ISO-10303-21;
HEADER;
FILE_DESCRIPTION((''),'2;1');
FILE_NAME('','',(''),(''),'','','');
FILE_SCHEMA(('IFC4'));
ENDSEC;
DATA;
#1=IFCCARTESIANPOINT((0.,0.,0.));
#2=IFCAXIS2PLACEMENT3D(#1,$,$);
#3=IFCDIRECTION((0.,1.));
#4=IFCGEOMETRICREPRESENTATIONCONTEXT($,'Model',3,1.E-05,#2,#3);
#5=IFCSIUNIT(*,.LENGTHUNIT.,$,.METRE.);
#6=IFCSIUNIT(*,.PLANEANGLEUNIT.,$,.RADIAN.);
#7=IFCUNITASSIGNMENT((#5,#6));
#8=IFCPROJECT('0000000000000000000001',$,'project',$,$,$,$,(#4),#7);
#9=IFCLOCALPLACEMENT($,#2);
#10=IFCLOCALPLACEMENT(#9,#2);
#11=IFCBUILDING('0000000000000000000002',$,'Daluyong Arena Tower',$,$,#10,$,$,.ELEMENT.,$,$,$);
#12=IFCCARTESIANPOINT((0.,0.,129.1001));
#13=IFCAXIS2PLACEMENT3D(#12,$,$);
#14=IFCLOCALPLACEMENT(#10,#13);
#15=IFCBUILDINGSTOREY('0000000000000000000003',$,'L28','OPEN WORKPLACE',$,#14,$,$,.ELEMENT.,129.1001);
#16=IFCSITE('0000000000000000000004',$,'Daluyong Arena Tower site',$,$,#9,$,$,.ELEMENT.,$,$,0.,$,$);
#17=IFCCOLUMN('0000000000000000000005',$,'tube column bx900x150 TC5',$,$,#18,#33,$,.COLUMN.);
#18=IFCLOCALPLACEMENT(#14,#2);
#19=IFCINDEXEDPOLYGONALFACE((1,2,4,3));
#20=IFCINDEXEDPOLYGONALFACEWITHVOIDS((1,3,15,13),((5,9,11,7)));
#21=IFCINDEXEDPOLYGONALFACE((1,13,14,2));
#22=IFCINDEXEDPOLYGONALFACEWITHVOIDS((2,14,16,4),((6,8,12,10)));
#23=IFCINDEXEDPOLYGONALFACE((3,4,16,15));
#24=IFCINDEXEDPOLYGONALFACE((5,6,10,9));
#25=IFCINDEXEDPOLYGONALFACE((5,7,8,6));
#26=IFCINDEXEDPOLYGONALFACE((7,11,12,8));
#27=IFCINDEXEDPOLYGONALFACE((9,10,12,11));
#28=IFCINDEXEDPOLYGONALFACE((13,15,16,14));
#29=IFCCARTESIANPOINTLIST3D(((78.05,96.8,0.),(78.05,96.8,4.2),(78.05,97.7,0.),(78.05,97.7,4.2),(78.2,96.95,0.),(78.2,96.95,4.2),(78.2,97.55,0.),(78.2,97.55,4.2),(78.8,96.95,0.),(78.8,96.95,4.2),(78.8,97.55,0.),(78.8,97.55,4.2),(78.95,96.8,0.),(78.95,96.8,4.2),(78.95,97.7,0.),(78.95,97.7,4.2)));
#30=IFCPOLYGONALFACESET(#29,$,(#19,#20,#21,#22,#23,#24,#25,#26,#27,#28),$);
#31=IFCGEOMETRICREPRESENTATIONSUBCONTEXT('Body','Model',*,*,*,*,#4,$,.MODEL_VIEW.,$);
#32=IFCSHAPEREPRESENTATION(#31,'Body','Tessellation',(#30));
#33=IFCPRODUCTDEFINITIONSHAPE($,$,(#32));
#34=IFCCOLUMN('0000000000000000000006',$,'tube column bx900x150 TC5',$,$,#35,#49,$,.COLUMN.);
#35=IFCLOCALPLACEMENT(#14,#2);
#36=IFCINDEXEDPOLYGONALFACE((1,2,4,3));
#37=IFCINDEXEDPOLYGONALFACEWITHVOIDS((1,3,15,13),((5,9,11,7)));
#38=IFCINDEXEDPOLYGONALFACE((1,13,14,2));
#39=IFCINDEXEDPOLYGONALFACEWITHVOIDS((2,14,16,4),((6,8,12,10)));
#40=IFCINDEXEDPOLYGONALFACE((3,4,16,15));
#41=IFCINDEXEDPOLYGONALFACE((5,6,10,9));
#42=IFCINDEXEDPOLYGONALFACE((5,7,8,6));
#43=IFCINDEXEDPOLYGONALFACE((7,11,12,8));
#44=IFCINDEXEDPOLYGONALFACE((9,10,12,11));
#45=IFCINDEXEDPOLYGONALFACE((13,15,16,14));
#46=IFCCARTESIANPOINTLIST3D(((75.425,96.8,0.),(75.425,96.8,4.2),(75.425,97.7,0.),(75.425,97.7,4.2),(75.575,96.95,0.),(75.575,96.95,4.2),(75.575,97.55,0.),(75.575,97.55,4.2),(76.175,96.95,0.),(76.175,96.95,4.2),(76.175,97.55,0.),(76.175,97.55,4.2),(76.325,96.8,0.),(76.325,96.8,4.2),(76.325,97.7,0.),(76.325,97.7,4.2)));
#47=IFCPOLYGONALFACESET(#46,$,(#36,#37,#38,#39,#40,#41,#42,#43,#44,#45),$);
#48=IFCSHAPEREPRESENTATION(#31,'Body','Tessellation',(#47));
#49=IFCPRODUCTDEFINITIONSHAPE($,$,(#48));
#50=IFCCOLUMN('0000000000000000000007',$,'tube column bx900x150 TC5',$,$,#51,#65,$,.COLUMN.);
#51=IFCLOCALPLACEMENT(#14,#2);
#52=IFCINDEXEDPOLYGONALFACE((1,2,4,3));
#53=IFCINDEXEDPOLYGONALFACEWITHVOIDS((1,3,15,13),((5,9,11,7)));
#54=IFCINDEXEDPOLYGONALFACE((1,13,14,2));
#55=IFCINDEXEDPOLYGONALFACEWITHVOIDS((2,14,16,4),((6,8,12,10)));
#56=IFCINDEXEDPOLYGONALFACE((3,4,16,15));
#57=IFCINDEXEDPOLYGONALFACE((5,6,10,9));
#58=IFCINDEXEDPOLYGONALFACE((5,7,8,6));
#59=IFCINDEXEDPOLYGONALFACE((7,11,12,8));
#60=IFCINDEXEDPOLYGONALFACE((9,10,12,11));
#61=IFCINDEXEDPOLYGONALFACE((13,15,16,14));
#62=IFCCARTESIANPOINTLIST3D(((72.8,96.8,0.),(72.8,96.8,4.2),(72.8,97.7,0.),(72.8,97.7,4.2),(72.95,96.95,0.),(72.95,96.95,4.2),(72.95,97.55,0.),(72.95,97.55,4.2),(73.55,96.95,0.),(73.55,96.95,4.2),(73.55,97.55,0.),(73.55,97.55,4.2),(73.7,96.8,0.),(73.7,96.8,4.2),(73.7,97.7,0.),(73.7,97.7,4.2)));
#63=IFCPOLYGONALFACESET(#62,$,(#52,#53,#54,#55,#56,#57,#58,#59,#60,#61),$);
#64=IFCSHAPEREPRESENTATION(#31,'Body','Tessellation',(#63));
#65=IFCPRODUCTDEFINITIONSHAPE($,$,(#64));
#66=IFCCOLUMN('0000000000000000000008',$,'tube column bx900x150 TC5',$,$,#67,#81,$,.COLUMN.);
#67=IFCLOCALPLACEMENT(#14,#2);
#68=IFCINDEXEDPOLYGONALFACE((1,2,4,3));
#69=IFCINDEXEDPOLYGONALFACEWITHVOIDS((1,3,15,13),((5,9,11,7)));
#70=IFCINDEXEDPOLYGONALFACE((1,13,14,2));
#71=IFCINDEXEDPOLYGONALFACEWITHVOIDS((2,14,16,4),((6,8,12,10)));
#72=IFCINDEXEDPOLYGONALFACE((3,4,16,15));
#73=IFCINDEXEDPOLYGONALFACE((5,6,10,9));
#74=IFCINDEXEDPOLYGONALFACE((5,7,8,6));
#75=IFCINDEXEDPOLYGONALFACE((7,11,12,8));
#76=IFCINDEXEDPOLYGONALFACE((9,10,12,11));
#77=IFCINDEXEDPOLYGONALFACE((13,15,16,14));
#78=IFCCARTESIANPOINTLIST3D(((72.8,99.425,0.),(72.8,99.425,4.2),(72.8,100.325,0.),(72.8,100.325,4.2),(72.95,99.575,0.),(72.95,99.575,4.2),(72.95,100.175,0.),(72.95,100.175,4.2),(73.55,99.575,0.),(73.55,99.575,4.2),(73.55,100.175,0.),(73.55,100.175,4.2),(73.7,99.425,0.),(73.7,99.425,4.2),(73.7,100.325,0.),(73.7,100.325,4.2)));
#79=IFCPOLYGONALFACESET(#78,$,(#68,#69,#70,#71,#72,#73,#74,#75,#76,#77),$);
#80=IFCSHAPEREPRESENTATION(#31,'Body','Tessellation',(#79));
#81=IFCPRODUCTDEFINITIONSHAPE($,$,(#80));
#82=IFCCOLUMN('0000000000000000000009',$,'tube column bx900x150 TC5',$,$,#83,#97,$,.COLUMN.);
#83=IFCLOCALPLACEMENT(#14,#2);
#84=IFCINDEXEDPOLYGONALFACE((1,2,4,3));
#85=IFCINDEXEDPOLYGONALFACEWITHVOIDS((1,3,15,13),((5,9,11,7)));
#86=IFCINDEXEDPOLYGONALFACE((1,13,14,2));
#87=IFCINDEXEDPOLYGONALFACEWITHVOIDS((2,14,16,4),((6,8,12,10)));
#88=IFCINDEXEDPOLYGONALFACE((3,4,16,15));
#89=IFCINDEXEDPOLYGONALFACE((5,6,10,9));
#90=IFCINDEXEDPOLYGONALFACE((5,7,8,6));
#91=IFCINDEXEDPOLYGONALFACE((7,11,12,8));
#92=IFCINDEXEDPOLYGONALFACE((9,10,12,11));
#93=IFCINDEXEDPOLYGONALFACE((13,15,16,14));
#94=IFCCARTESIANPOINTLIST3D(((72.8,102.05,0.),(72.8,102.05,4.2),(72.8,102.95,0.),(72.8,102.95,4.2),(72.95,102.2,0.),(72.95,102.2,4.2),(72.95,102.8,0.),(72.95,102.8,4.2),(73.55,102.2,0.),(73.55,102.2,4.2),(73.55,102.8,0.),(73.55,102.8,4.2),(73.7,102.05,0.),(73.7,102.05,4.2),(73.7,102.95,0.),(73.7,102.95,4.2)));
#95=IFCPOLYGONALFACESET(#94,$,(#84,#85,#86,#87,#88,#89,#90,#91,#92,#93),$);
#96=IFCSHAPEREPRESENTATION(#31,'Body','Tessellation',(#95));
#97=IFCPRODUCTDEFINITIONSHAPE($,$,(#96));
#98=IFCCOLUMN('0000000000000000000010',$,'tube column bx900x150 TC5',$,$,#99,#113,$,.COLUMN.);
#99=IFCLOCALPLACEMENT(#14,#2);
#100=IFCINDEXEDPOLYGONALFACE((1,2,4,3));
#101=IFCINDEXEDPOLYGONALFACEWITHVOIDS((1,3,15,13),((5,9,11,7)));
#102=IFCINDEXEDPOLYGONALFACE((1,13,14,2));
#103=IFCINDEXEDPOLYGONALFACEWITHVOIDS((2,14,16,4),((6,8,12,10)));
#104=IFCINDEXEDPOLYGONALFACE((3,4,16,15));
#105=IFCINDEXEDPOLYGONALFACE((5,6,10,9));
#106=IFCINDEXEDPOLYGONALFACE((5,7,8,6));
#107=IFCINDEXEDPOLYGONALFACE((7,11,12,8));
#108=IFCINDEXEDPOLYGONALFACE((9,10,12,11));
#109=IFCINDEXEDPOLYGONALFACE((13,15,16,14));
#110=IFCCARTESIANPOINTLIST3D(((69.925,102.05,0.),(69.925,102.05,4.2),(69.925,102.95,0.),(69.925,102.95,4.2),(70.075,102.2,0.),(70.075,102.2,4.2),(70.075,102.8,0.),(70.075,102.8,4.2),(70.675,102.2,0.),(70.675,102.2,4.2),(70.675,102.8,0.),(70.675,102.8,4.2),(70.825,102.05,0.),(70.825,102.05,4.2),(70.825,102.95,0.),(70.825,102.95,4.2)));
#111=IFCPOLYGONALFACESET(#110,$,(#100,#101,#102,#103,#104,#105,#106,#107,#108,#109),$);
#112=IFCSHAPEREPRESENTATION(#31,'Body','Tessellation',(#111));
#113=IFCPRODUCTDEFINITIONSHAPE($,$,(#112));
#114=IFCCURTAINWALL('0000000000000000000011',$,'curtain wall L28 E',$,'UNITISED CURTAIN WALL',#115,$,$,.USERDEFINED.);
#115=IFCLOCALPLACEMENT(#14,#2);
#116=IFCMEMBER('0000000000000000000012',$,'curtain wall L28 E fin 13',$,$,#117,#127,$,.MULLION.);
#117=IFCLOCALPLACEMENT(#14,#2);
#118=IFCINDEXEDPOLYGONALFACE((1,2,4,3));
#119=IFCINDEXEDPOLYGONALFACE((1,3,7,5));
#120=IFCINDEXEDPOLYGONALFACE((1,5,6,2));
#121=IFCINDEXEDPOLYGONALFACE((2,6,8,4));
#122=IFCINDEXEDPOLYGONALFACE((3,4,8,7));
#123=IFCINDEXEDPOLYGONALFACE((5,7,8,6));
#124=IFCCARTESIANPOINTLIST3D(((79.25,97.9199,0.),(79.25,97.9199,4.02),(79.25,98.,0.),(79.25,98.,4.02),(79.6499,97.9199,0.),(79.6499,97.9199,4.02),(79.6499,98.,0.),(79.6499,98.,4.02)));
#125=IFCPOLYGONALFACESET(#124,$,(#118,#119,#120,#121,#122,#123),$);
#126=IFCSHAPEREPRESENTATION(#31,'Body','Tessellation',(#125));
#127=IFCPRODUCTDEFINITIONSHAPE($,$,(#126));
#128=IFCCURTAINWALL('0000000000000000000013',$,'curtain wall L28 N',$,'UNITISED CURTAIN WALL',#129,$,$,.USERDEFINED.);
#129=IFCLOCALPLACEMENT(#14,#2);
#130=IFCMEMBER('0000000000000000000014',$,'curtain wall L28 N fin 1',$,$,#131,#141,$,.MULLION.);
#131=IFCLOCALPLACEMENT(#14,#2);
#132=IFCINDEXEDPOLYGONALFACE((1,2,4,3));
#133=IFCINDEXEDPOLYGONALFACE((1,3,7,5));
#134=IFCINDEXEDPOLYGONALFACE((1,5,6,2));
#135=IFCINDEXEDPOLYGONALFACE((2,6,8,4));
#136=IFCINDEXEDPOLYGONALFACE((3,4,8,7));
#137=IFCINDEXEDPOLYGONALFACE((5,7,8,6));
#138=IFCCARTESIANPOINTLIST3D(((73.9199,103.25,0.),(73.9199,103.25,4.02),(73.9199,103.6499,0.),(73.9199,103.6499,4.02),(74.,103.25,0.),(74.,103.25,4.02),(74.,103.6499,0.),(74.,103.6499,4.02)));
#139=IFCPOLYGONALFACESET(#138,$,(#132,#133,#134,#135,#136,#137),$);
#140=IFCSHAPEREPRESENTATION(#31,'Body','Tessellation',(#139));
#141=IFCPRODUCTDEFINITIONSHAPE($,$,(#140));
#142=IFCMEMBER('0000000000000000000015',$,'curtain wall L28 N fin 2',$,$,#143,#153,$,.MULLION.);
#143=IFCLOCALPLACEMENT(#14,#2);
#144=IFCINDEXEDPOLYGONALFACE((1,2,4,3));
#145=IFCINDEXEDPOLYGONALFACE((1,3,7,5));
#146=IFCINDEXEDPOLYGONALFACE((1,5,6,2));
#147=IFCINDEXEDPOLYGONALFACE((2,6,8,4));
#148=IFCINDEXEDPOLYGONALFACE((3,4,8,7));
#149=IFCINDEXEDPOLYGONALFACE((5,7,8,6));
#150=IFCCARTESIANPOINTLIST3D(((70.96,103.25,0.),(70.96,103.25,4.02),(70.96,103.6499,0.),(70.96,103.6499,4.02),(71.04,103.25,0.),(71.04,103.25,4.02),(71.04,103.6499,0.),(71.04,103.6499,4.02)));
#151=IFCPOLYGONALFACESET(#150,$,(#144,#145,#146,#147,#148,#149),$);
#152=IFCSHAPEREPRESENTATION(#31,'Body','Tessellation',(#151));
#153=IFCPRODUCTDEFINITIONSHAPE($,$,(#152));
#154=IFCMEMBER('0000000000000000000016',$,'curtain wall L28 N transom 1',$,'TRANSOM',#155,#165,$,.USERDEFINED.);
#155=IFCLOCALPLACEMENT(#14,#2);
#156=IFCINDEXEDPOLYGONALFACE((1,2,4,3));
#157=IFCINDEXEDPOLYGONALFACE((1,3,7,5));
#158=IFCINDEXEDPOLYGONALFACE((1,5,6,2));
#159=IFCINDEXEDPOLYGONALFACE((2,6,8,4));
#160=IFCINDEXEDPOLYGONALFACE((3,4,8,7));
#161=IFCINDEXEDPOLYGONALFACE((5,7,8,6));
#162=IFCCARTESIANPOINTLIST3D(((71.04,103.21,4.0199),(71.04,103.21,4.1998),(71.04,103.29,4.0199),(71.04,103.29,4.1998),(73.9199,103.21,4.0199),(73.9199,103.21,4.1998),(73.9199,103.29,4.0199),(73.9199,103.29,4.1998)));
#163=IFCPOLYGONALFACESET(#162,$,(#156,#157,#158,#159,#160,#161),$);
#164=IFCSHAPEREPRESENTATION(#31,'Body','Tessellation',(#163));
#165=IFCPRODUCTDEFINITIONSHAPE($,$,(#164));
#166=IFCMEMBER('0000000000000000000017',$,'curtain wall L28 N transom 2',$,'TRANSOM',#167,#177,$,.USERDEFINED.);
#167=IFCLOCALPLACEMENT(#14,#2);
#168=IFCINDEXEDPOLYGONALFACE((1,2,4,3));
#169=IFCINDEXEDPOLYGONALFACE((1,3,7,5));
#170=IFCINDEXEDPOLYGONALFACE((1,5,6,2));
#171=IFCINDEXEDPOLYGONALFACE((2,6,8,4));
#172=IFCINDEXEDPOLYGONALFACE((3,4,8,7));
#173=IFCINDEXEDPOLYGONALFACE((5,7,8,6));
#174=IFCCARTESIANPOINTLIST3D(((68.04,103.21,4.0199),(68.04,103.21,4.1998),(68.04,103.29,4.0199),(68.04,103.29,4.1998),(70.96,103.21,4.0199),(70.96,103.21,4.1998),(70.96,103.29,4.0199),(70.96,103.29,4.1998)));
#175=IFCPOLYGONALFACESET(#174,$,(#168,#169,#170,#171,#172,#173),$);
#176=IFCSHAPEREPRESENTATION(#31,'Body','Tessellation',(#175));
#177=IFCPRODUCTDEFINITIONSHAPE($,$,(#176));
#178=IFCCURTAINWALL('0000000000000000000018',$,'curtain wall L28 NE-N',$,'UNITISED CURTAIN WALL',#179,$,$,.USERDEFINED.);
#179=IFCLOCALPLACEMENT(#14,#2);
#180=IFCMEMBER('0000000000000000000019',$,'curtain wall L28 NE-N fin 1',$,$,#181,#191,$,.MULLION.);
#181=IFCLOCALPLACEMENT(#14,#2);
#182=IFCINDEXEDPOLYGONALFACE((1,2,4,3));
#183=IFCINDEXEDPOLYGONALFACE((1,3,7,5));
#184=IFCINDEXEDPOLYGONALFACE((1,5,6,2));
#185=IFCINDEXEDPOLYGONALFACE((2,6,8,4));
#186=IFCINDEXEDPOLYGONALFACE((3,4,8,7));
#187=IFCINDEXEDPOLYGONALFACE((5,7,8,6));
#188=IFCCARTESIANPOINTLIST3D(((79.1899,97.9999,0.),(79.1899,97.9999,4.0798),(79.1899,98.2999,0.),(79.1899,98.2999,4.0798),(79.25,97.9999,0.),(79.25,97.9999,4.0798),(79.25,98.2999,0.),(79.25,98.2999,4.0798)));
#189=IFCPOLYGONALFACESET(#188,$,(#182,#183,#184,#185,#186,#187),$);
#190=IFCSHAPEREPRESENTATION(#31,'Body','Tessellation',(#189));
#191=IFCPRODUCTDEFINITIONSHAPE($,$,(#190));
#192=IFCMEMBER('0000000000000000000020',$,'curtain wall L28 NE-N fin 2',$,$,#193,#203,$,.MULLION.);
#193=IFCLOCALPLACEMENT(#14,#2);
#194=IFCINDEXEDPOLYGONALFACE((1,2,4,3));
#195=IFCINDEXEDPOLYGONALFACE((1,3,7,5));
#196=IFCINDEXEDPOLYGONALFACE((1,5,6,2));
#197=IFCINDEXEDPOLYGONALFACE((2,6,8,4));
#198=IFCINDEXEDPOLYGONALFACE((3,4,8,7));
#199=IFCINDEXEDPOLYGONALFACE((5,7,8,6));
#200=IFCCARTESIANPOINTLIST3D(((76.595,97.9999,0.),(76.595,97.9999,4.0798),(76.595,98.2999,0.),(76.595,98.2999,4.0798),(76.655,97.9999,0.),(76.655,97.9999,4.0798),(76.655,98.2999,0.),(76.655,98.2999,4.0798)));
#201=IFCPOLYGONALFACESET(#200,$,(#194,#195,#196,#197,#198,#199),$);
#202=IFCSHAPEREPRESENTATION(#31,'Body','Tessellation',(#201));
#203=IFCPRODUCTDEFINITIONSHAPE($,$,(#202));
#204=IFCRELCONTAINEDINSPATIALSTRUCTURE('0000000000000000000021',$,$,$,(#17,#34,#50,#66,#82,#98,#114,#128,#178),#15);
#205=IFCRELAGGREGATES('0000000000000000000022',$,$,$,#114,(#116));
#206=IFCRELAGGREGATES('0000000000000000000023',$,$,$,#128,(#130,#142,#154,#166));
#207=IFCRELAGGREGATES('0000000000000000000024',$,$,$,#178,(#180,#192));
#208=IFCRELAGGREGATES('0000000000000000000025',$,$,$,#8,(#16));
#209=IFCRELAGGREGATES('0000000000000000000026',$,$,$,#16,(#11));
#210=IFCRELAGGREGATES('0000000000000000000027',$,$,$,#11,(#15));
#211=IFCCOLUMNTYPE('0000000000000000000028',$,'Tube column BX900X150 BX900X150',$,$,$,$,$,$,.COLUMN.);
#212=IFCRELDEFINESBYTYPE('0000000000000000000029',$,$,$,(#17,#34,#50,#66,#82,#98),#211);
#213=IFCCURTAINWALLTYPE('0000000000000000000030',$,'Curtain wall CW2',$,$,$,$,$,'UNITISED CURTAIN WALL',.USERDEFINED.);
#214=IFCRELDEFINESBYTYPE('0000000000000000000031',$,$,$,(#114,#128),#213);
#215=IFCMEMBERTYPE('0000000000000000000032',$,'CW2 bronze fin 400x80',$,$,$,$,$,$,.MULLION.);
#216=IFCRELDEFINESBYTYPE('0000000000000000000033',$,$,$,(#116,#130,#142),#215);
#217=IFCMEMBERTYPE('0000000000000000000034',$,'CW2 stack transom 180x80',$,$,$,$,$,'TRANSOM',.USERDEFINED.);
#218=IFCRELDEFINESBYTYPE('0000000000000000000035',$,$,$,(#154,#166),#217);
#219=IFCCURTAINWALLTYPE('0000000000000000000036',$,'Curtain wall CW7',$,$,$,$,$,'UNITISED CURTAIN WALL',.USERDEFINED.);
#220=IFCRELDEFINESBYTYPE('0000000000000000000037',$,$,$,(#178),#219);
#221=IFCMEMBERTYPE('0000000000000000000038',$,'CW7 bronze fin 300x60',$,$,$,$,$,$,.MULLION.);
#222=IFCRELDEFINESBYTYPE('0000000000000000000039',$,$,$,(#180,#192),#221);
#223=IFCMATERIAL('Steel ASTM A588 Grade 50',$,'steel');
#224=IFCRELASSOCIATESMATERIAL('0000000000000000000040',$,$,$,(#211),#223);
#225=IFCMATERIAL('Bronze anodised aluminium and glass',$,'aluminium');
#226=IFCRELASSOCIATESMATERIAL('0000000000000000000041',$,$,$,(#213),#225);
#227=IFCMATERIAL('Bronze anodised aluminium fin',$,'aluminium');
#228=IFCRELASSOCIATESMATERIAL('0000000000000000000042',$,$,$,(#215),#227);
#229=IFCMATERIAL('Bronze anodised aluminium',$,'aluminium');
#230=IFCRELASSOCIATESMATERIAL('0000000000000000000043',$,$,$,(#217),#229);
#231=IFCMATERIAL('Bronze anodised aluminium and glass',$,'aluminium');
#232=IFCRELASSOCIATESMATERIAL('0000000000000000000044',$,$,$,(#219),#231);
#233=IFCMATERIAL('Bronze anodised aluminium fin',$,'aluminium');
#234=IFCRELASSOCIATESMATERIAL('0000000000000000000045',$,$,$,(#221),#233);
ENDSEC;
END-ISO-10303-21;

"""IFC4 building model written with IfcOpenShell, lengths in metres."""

from ifc_helpers import new_model, si_unit, direction, frame, origin, origin_2d, place, context, subcontext, project, spatial, rectangle, hollow_rectangle, extrude, material, material_profile, profile_set, type_object, element, aggregate, save


model = new_model("IFC4")

# Units and contexts
model_context = context("Model", 3, precision=1e-05, world=origin(), true_north=direction((0.0, 1.0)))
body_context = subcontext(model_context, "Body", "Model", "MODEL_VIEW")
ifc_project = project(units=[si_unit("LENGTHUNIT", "METRE"), si_unit("PLANEANGLEUNIT", "RADIAN")], contexts=[model_context])

# Site, building, storey
site_placement = place(None, origin())
site = spatial("IfcSite", under=ifc_project, at=site_placement, Name="Daluyong Arena Tower site", CompositionType="ELEMENT", RefElevation=0.0)
building_placement = place(site_placement, origin())
building = spatial("IfcBuilding", under=site, at=building_placement, Name="Daluyong Arena Tower", CompositionType="ELEMENT")
storey_placement = place(building_placement, frame((0.0, 0.0, 129.1001)))
storey = spatial("IfcBuildingStorey", under=building, at=storey_placement, Name="L28", Description="OPEN WORKPLACE", CompositionType="ELEMENT", Elevation=129.1001)

# Columns
ifc_material_1 = material(Name="Steel ASTM A588 Grade 50", Category="steel")
ifc_material_profile_1 = material_profile(ifc_material_1, hollow_rectangle(XDim=0.8999, YDim=0.8999, WallThickness=0.15, at=origin_2d()))
ifc_profile_set_1 = profile_set([ifc_material_profile_1], Name="Steel ASTM A588 Grade 50")
column_type = type_object("IfcColumnType", Name="Tube column BX900X150 BX900X150", PredefinedType="COLUMN", material=ifc_profile_set_1)
for number, where, z_axis, x_axis, name in (
    (1, (78.5, 97.25, 0.0), (0.0, 0.0, 1.0), (1.0, 0.0, 0.0), "tube column bx900x150 TC5"),
    (2, (75.875, 97.25, 0.0), (0.0, 0.0, 1.0), (1.0, 0.0, 0.0), "tube column bx900x150 TC5"),
    (3, (73.25, 97.25, 0.0), (0.0, 0.0, 1.0), (0.0, 1.0, 0.0), "tube column bx900x150 TC5"),
    (4, (73.25, 99.875, 0.0), (0.0, 0.0, 1.0), (0.0, 1.0, 0.0), "tube column bx900x150 TC5"),
    (5, (73.25, 102.5, 0.0), (0.0, 0.0, 1.0), (1.0, 0.0, 0.0), "tube column bx900x150 TC5"),
    (6, (70.375, 102.5, 0.0), (0.0, 0.0, 1.0), (1.0, 0.0, 0.0), "tube column bx900x150 TC5"),
):
    element("IfcColumn", number, at=place(storey_placement, frame(where, z_axis=z_axis, x_axis=x_axis)), inside=storey, type_object=column_type, Name=name, PredefinedType="COLUMN", context=body_context, shape_type="SweptSolid", body=[
        extrude(hollow_rectangle(XDim=0.8999, YDim=0.8999, WallThickness=0.15, at=origin_2d()), origin(), (0.0, 0.0, 1.0), 4.2),
    ])

# Curtain wall, member
ifc_material_2 = material(Name="Bronze anodised aluminium and glass", Category="aluminium")
curtain_wall_type_1 = type_object("IfcCurtainWallType", Name="Curtain wall CW2", ElementType="UNITISED CURTAIN WALL", PredefinedType="USERDEFINED", material=ifc_material_2)
curtain_wall_1_placement = place(storey_placement, origin())
curtain_wall_1 = element("IfcCurtainWall", 7, at=curtain_wall_1_placement, inside=storey, type_object=curtain_wall_type_1, Name="curtain wall L28 E", ObjectType="UNITISED CURTAIN WALL", PredefinedType="USERDEFINED")
ifc_material_3 = material(Name="Bronze anodised aluminium fin", Category="aluminium")
ifc_material_profile_2 = material_profile(ifc_material_3, rectangle(XDim=0.3999, YDim=0.0801, at=origin_2d()))
ifc_profile_set_2 = profile_set([ifc_material_profile_2], Name="Bronze anodised aluminium fin")
member_type_1 = type_object("IfcMemberType", Name="CW2 bronze fin 400x80", PredefinedType="MULLION", material=ifc_profile_set_2)
member_1_placement = place(storey_placement, frame((79.45, 97.96, 0.0), z_axis=(0.0, 0.0, 1.0), x_axis=(-1.0, 0.0, 0.0)))
member_1 = element("IfcMember", 8, at=member_1_placement, type_object=member_type_1, Name="curtain wall L28 E fin 13", PredefinedType="MULLION", context=body_context, shape_type="SweptSolid", body=[
    extrude(rectangle(XDim=0.3999, YDim=0.0801, at=origin_2d()), origin(), (0.0, 0.0, 1.0), 4.02),
])
aggregate(curtain_wall_1, [member_1])

# Curtain walls, members
curtain_wall_2_placement = place(storey_placement, origin())
curtain_wall_2 = element("IfcCurtainWall", 9, at=curtain_wall_2_placement, inside=storey, type_object=curtain_wall_type_1, Name="curtain wall L28 N", ObjectType="UNITISED CURTAIN WALL", PredefinedType="USERDEFINED")
member_2_placement = place(storey_placement, frame((73.96, 103.45, 0.0), z_axis=(0.0, 0.0, 1.0), x_axis=(0.0, -1.0, 0.0)))
member_2 = element("IfcMember", 10, at=member_2_placement, type_object=member_type_1, Name="curtain wall L28 N fin 1", PredefinedType="MULLION", context=body_context, shape_type="SweptSolid", body=[
    extrude(rectangle(XDim=0.3999, YDim=0.0801, at=origin_2d()), origin(), (0.0, 0.0, 1.0), 4.02),
])
member_3_placement = place(storey_placement, frame((71.0, 103.45, 0.0), z_axis=(0.0, 0.0, 1.0), x_axis=(0.0, -1.0, 0.0)))
member_3 = element("IfcMember", 11, at=member_3_placement, type_object=member_type_1, Name="curtain wall L28 N fin 2", PredefinedType="MULLION", context=body_context, shape_type="SweptSolid", body=[
    extrude(rectangle(XDim=0.3999, YDim=0.0801, at=origin_2d()), origin(), (0.0, 0.0, 1.0), 4.02),
])
ifc_material_4 = material(Name="Bronze anodised aluminium", Category="aluminium")
ifc_material_profile_3 = material_profile(ifc_material_4, rectangle(XDim=0.0801, YDim=0.1799, at=origin_2d()))
ifc_profile_set_3 = profile_set([ifc_material_profile_3], Name="Bronze anodised aluminium")
member_type_2 = type_object("IfcMemberType", Name="CW2 stack transom 180x80", ElementType="TRANSOM", PredefinedType="USERDEFINED", material=ifc_profile_set_3)
member_4_placement = place(storey_placement, frame((73.9199, 103.25, 4.1099), z_axis=(-1.0, 0.0, 0.0), x_axis=(0.0, -1.0, 0.0)))
member_4 = element("IfcMember", 12, at=member_4_placement, type_object=member_type_2, Name="curtain wall L28 N transom 1", ObjectType="TRANSOM", PredefinedType="USERDEFINED", context=body_context, shape_type="SweptSolid", body=[
    extrude(rectangle(XDim=0.0801, YDim=0.1799, at=origin_2d()), origin(), (0.0, 0.0, 1.0), 2.8799),
])
member_5_placement = place(storey_placement, frame((70.96, 103.25, 4.1099), z_axis=(-1.0, 0.0, 0.0), x_axis=(0.0, -1.0, 0.0)))
member_5 = element("IfcMember", 13, at=member_5_placement, type_object=member_type_2, Name="curtain wall L28 N transom 2", ObjectType="TRANSOM", PredefinedType="USERDEFINED", context=body_context, shape_type="SweptSolid", body=[
    extrude(rectangle(XDim=0.0801, YDim=0.1799, at=origin_2d()), origin(), (0.0, 0.0, 1.0), 2.9199),
])
ifc_material_5 = material(Name="Bronze anodised aluminium and glass", Category="aluminium")
curtain_wall_type_2 = type_object("IfcCurtainWallType", Name="Curtain wall CW7", ElementType="UNITISED CURTAIN WALL", PredefinedType="USERDEFINED", material=ifc_material_5)
curtain_wall_3_placement = place(storey_placement, origin())
curtain_wall_3 = element("IfcCurtainWall", 14, at=curtain_wall_3_placement, inside=storey, type_object=curtain_wall_type_2, Name="curtain wall L28 NE-N", ObjectType="UNITISED CURTAIN WALL", PredefinedType="USERDEFINED")
ifc_material_6 = material(Name="Bronze anodised aluminium fin", Category="aluminium")
ifc_material_profile_4 = material_profile(ifc_material_6, rectangle(XDim=0.3, YDim=0.0601, at=origin_2d()))
ifc_profile_set_4 = profile_set([ifc_material_profile_4], Name="Bronze anodised aluminium fin")
member_type_3 = type_object("IfcMemberType", Name="CW7 bronze fin 300x60", PredefinedType="MULLION", material=ifc_profile_set_4)
member_6_placement = place(storey_placement, frame((79.22, 98.1499, 0.0), z_axis=(0.0, 0.0, 1.0), x_axis=(0.0, -1.0, 0.0)))
member_6 = element("IfcMember", 15, at=member_6_placement, type_object=member_type_3, Name="curtain wall L28 NE-N fin 1", PredefinedType="MULLION", context=body_context, shape_type="SweptSolid", body=[
    extrude(rectangle(XDim=0.3, YDim=0.0601, at=origin_2d()), origin(), (0.0, 0.0, 1.0), 4.0798),
])
member_7_placement = place(storey_placement, frame((76.625, 98.1499, 0.0), z_axis=(0.0, 0.0, 1.0), x_axis=(0.0, -1.0, 0.0)))
member_7 = element("IfcMember", 16, at=member_7_placement, type_object=member_type_3, Name="curtain wall L28 NE-N fin 2", PredefinedType="MULLION", context=body_context, shape_type="SweptSolid", body=[
    extrude(rectangle(XDim=0.3, YDim=0.0601, at=origin_2d()), origin(), (0.0, 0.0, 1.0), 4.0798),
])

aggregate(curtain_wall_2, [member_2, member_3, member_4, member_5])
aggregate(curtain_wall_3, [member_6, member_7])

save(model, "model.ifc")
